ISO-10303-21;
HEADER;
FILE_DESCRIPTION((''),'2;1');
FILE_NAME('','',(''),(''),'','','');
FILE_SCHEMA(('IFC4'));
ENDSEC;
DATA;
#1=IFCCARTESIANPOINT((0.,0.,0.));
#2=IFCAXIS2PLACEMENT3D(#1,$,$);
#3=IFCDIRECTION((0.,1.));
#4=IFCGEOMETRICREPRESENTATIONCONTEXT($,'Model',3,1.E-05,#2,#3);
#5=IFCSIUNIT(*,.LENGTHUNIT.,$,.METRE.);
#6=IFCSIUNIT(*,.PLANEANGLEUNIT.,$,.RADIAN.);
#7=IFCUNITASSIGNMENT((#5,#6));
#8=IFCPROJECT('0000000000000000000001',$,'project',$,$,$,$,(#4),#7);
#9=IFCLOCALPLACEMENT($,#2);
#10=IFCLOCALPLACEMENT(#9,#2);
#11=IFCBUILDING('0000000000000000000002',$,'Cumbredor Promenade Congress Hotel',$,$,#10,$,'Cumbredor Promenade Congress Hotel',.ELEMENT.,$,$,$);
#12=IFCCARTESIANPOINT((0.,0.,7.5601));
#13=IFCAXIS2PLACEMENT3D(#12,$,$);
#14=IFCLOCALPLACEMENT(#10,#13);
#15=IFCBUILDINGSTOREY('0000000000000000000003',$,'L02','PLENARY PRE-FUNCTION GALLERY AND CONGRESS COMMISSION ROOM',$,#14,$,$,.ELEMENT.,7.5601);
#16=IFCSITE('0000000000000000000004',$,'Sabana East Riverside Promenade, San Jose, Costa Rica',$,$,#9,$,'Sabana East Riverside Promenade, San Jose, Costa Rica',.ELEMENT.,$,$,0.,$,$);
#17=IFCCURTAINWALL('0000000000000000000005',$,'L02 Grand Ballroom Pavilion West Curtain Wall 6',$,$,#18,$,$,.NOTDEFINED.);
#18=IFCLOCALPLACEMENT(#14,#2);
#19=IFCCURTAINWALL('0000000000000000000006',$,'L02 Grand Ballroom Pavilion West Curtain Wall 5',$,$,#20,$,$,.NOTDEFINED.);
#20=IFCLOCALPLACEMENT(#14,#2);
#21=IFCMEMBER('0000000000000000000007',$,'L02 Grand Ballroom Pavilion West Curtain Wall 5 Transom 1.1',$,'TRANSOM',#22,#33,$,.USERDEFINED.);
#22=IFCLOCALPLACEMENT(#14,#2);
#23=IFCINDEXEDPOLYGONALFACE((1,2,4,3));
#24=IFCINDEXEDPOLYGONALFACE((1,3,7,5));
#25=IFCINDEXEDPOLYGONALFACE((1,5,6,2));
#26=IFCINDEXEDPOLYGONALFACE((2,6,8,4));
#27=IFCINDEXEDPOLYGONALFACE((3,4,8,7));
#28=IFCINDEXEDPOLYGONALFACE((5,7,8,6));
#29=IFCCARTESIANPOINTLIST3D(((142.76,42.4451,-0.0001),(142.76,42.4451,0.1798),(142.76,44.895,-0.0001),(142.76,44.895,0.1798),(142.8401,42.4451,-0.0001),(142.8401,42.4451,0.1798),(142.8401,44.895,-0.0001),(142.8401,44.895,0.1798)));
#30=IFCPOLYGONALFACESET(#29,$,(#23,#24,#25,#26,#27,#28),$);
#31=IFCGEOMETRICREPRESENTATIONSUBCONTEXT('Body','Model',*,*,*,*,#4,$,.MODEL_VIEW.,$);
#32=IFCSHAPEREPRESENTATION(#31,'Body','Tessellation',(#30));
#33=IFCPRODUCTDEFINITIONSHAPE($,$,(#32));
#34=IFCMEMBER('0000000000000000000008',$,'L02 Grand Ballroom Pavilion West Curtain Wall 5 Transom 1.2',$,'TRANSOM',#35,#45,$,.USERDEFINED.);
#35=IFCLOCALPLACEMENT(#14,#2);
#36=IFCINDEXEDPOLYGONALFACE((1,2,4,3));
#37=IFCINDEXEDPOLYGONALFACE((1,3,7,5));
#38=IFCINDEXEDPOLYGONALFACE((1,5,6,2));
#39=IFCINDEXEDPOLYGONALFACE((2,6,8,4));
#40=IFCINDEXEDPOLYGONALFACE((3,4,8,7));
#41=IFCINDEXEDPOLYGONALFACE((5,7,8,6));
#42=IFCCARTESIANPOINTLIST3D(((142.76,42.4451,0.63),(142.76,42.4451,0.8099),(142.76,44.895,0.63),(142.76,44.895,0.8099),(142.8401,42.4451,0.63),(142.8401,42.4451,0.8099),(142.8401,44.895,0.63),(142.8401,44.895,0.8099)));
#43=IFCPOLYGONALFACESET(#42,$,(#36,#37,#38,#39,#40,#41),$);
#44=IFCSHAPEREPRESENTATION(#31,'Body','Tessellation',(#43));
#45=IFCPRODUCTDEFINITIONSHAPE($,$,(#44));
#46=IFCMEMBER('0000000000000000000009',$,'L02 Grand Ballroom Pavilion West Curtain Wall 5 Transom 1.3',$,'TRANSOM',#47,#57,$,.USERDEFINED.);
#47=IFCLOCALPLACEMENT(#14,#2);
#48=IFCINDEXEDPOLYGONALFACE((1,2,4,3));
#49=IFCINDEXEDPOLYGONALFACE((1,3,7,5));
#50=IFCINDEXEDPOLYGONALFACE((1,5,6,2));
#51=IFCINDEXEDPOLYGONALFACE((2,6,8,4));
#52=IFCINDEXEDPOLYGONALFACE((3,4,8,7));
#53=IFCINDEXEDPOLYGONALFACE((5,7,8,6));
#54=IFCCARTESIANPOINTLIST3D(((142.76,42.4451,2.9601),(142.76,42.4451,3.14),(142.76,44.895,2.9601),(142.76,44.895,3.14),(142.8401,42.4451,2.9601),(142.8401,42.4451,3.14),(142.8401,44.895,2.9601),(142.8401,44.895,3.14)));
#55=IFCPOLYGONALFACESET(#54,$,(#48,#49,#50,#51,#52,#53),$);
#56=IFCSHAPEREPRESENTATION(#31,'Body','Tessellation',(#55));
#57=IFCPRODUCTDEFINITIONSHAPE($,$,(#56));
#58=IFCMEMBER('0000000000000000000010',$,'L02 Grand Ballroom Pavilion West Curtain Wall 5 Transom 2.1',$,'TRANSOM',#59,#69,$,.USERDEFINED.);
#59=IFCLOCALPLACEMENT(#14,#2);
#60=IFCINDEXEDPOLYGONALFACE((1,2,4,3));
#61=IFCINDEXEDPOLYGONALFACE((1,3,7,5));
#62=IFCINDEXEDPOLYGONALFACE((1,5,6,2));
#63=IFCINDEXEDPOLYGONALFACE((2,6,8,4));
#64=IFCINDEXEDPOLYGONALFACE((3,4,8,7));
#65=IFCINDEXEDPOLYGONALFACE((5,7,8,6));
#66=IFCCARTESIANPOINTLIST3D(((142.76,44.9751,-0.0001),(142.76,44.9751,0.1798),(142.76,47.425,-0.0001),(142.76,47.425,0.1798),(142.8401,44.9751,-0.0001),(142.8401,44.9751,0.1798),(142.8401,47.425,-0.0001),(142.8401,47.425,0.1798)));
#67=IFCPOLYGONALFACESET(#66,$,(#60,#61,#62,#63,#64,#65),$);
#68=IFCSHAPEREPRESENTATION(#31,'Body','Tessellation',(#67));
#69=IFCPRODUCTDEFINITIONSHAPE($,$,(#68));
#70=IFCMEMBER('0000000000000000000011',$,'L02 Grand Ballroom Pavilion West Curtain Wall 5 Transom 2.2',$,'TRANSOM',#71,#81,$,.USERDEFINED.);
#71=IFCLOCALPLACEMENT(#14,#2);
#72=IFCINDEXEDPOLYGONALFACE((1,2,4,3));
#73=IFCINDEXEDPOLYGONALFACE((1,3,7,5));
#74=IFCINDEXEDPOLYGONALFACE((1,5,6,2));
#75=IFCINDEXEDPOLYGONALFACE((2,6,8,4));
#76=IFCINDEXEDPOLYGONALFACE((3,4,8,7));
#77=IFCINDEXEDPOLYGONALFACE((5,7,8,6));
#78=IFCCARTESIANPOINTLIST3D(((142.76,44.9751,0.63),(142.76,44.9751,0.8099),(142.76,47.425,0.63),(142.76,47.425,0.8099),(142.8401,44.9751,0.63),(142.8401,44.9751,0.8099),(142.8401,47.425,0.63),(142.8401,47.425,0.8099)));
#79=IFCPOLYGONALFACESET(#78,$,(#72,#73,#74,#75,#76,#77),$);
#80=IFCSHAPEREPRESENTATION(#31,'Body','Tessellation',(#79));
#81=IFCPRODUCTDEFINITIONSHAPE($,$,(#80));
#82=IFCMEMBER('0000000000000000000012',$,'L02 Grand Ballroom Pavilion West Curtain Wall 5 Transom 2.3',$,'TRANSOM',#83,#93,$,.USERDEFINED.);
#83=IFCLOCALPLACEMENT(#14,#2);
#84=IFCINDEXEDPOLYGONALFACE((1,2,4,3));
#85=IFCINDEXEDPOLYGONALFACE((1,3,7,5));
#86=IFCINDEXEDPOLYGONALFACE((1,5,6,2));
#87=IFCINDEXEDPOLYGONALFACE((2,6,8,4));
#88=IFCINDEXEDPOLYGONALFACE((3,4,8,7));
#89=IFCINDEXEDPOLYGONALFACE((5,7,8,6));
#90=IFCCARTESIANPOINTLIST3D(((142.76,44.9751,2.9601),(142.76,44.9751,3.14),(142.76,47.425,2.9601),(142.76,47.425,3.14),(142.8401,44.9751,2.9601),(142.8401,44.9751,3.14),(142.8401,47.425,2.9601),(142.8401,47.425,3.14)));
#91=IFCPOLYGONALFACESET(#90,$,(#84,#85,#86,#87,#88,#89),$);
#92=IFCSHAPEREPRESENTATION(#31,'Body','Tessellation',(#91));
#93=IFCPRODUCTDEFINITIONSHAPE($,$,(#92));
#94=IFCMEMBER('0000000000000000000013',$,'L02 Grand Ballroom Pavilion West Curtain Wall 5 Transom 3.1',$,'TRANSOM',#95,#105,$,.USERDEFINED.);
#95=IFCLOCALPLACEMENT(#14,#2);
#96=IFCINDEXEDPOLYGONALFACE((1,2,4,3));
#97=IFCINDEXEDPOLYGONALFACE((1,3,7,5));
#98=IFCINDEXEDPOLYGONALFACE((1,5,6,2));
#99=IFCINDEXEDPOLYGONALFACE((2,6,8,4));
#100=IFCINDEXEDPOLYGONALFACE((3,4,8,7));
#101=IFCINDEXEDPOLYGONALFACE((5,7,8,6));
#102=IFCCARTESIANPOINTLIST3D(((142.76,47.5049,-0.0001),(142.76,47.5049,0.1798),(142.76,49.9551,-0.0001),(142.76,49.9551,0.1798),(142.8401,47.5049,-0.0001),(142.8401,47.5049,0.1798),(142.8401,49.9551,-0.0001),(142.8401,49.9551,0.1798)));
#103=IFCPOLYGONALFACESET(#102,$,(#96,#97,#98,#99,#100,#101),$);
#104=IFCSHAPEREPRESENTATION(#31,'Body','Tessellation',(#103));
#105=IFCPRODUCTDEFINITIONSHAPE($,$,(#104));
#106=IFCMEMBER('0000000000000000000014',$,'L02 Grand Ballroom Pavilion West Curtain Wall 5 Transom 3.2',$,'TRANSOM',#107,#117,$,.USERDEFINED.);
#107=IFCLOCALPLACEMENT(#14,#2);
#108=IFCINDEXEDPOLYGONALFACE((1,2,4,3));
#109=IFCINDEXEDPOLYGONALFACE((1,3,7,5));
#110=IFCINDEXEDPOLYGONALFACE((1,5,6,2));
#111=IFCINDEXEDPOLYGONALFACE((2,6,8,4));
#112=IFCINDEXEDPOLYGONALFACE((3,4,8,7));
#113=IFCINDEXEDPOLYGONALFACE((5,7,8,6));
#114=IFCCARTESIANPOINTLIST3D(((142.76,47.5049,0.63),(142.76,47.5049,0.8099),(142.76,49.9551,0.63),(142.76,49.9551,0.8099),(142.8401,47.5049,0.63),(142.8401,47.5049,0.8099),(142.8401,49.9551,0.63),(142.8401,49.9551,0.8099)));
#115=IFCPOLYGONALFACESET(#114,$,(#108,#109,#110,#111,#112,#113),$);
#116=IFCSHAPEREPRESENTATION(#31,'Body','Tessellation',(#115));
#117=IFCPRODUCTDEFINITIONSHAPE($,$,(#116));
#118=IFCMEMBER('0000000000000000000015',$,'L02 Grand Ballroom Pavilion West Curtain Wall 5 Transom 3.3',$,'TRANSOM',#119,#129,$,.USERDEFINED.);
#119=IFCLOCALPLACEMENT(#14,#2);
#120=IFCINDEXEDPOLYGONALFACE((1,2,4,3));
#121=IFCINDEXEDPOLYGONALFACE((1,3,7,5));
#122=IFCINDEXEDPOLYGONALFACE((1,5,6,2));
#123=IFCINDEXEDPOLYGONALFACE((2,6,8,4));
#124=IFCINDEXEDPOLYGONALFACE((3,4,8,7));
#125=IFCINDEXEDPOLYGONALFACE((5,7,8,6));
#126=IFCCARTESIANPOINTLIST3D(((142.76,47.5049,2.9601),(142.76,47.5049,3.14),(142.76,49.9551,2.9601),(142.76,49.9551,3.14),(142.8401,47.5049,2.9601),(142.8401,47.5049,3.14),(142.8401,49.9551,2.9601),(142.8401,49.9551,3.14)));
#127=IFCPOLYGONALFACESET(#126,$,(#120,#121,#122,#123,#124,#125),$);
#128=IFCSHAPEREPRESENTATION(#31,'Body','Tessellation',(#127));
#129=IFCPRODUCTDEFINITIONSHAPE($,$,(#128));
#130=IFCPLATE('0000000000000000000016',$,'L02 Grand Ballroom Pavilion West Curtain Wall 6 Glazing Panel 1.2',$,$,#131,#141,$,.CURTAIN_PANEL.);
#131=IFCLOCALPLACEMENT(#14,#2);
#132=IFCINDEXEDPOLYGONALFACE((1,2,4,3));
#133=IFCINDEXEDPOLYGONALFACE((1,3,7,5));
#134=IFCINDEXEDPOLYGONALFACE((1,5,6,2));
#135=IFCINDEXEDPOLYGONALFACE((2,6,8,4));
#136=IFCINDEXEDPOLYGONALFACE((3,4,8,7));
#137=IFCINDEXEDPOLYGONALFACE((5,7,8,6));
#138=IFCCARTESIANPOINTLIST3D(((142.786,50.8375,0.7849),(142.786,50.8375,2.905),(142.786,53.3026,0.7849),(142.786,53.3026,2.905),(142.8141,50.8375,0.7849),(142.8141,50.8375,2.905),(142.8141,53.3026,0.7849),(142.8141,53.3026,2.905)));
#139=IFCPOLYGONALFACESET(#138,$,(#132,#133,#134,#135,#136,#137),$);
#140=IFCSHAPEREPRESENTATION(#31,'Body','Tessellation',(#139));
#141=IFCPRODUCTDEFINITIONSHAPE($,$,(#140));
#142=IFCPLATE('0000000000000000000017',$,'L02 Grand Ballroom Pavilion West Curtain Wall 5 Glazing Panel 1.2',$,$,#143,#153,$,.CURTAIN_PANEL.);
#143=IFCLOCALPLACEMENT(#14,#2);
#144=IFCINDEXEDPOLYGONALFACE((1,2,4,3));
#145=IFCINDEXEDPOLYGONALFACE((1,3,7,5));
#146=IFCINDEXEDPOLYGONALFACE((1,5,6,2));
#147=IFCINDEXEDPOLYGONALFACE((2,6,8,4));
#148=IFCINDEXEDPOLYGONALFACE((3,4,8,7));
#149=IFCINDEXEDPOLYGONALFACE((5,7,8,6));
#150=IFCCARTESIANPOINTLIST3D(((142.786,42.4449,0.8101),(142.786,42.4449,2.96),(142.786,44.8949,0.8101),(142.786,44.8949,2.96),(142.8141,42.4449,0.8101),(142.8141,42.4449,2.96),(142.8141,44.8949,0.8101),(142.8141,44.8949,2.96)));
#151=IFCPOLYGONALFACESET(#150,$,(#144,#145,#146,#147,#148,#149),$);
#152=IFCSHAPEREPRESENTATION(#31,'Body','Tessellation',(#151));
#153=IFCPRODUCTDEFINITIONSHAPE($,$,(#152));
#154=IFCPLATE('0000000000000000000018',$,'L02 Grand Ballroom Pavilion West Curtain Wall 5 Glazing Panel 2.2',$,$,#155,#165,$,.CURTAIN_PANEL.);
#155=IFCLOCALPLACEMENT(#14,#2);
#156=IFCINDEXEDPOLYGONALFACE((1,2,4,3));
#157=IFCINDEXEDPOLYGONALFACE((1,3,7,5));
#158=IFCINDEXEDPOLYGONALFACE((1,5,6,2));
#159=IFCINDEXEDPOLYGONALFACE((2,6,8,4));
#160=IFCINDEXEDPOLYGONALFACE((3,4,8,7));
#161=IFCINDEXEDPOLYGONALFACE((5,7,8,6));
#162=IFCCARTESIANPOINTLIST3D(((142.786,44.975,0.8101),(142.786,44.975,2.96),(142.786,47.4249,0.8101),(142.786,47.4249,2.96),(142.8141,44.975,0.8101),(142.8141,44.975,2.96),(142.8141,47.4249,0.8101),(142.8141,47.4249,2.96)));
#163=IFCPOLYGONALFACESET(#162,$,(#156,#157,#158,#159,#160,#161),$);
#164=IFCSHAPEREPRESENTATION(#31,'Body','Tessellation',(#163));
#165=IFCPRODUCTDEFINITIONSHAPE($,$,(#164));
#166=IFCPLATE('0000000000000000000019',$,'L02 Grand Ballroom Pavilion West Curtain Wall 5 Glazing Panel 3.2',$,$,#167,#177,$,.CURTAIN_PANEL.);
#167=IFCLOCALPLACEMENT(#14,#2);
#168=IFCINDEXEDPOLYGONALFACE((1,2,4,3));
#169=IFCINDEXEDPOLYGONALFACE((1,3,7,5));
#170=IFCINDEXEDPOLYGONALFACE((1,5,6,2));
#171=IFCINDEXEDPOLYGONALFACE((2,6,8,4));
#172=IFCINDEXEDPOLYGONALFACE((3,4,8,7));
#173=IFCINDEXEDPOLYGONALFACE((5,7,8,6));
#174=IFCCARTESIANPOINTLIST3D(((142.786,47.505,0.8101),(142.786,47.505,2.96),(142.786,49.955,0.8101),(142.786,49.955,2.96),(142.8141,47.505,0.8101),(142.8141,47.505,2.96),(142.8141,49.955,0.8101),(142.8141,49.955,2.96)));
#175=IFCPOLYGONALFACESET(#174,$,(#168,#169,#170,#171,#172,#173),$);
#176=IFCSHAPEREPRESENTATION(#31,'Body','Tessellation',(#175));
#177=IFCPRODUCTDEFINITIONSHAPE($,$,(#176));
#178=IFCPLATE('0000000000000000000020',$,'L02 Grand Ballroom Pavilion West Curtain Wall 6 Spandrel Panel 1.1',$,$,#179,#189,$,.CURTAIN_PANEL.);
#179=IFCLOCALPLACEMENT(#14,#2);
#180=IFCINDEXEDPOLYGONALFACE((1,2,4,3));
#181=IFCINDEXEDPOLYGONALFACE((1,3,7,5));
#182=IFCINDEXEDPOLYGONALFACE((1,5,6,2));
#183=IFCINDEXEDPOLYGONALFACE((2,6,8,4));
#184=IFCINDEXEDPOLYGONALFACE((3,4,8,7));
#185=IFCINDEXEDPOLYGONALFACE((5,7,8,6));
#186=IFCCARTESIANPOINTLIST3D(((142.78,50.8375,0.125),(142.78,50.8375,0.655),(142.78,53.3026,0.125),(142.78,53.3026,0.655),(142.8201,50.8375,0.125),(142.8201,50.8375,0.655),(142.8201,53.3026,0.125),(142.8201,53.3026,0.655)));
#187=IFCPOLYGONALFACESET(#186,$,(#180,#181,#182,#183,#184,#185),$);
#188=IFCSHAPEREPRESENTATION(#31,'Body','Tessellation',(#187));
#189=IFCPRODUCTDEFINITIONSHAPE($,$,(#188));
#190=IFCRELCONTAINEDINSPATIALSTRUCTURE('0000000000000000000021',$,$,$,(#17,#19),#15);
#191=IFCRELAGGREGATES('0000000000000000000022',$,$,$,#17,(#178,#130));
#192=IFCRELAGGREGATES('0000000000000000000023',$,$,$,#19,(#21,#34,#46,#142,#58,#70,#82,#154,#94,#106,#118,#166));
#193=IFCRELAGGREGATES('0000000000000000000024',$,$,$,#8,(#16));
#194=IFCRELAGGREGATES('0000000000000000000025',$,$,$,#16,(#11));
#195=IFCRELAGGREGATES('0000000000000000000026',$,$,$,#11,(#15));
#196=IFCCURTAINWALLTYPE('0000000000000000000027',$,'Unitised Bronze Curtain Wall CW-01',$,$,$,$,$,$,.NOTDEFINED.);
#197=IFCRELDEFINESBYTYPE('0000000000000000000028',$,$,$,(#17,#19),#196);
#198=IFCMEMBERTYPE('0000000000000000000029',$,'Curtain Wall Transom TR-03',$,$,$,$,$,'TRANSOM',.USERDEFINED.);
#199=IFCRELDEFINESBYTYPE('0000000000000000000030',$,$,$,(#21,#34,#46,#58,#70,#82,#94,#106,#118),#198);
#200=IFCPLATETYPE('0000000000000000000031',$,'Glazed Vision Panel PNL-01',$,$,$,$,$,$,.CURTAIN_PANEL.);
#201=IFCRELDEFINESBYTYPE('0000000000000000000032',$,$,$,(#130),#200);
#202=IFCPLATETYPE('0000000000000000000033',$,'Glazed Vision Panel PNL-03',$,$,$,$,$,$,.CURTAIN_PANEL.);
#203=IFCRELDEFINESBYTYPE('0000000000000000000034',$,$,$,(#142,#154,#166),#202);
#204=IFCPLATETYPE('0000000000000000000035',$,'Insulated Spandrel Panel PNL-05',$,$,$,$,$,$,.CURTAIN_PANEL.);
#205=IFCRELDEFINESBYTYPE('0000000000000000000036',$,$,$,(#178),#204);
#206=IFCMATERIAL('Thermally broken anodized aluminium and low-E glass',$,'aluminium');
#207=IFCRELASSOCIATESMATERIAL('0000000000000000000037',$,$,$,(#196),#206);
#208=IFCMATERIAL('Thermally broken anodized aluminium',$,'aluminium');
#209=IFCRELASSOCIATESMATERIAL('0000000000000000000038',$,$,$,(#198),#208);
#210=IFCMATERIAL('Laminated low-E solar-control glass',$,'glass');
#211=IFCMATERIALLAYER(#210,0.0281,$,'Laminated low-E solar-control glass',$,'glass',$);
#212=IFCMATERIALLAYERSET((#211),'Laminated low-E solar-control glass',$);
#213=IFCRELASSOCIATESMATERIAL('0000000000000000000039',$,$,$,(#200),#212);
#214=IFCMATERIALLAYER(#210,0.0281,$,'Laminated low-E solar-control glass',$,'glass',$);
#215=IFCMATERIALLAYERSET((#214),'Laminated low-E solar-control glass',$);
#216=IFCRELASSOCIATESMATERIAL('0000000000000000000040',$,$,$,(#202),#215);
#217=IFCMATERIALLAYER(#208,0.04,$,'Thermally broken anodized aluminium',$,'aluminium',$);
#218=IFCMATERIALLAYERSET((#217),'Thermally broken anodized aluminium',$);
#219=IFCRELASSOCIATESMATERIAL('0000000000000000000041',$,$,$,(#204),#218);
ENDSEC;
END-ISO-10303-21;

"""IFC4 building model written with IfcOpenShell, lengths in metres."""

from ifc_helpers import new_model, si_unit, direction, frame, origin, origin_2d, place, context, subcontext, project, spatial, rectangle, extrude, material, layer, layer_set, material_profile, profile_set, type_object, element, aggregate, save


model = new_model("IFC4")

# Units and contexts
model_context = context("Model", 3, precision=1e-05, world=origin(), true_north=direction((0.0, 1.0)))
body_context = subcontext(model_context, "Body", "Model", "MODEL_VIEW")
ifc_project = project(units=[si_unit("LENGTHUNIT", "METRE"), si_unit("PLANEANGLEUNIT", "RADIAN")], contexts=[model_context])

# Site, building, storey
site_placement = place(None, origin())
site = spatial("IfcSite", under=ifc_project, at=site_placement, Name="Sabana East Riverside Promenade, San Jose, Costa Rica", LongName="Sabana East Riverside Promenade, San Jose, Costa Rica", CompositionType="ELEMENT", RefElevation=0.0)
building_placement = place(site_placement, origin())
building = spatial("IfcBuilding", under=site, at=building_placement, Name="Cumbredor Promenade Congress Hotel", LongName="Cumbredor Promenade Congress Hotel", CompositionType="ELEMENT")
storey_placement = place(building_placement, frame((0.0, 0.0, 7.5601)))
storey = spatial("IfcBuildingStorey", under=building, at=storey_placement, Name="L02", Description="PLENARY PRE-FUNCTION GALLERY AND CONGRESS COMMISSION ROOM", CompositionType="ELEMENT", Elevation=7.5601)

# Curtain walls
ifc_material_1 = material(Name="Thermally broken anodized aluminium and low-E glass", Category="aluminium")
curtain_wall_type = type_object("IfcCurtainWallType", Name="Unitised Bronze Curtain Wall CW-01", PredefinedType="NOTDEFINED", material=ifc_material_1)
curtain_wall_1_placement = place(storey_placement, origin())
curtain_wall_1 = element("IfcCurtainWall", 1, at=curtain_wall_1_placement, inside=storey, type_object=curtain_wall_type, Name="L02 Grand Ballroom Pavilion West Curtain Wall 6", PredefinedType="NOTDEFINED")
ifc_material_2 = material(Name="Thermally broken anodized aluminium", Category="aluminium")
curtain_wall_2_placement = place(storey_placement, origin())
curtain_wall_2 = element("IfcCurtainWall", 2, at=curtain_wall_2_placement, inside=storey, type_object=curtain_wall_type, Name="L02 Grand Ballroom Pavilion West Curtain Wall 5", PredefinedType="NOTDEFINED")

# Members
ifc_material_profile_1 = material_profile(ifc_material_2, rectangle(XDim=0.0801, YDim=0.1799, at=origin_2d()), Name="ALU TRANSOM 80x180")
ifc_profile_set_1 = profile_set([ifc_material_profile_1], Name="Thermally broken anodized aluminium")
member_type_1 = type_object("IfcMemberType", Name="Curtain Wall Transom TR-03", ElementType="TRANSOM", PredefinedType="USERDEFINED", material=ifc_profile_set_1)
member_1_placement = place(storey_placement, frame((142.8, 42.4451, 0.0898), z_axis=(0.0, 1.0, 0.0), x_axis=(-1.0, 0.0, 0.0)))
member_1 = element("IfcMember", 3, at=member_1_placement, type_object=member_type_1, Name="L02 Grand Ballroom Pavilion West Curtain Wall 5 Transom 1.1", ObjectType="TRANSOM", PredefinedType="USERDEFINED", context=body_context, shape_type="SweptSolid", body=[
    extrude(rectangle(XDim=0.0801, YDim=0.1799, at=origin_2d()), origin(), (0.0, 0.0, 1.0), 2.45),
])
member_2_placement = place(storey_placement, frame((142.8, 42.4451, 0.72), z_axis=(0.0, 1.0, 0.0), x_axis=(-1.0, 0.0, 0.0)))
member_2 = element("IfcMember", 4, at=member_2_placement, type_object=member_type_1, Name="L02 Grand Ballroom Pavilion West Curtain Wall 5 Transom 1.2", ObjectType="TRANSOM", PredefinedType="USERDEFINED", context=body_context, shape_type="SweptSolid", body=[
    extrude(rectangle(XDim=0.0801, YDim=0.1799, at=origin_2d()), origin(), (0.0, 0.0, 1.0), 2.45),
])
member_3_placement = place(storey_placement, frame((142.8, 42.4451, 3.05), z_axis=(0.0, 1.0, 0.0), x_axis=(-1.0, 0.0, 0.0)))
member_3 = element("IfcMember", 5, at=member_3_placement, type_object=member_type_1, Name="L02 Grand Ballroom Pavilion West Curtain Wall 5 Transom 1.3", ObjectType="TRANSOM", PredefinedType="USERDEFINED", context=body_context, shape_type="SweptSolid", body=[
    extrude(rectangle(XDim=0.0801, YDim=0.1799, at=origin_2d()), origin(), (0.0, 0.0, 1.0), 2.45),
])
member_4_placement = place(storey_placement, frame((142.8, 44.9751, 0.0898), z_axis=(0.0, 1.0, 0.0), x_axis=(-1.0, 0.0, 0.0)))
member_4 = element("IfcMember", 6, at=member_4_placement, type_object=member_type_1, Name="L02 Grand Ballroom Pavilion West Curtain Wall 5 Transom 2.1", ObjectType="TRANSOM", PredefinedType="USERDEFINED", context=body_context, shape_type="SweptSolid", body=[
    extrude(rectangle(XDim=0.0801, YDim=0.1799, at=origin_2d()), origin(), (0.0, 0.0, 1.0), 2.45),
])
member_5_placement = place(storey_placement, frame((142.8, 44.9751, 0.72), z_axis=(0.0, 1.0, 0.0), x_axis=(-1.0, 0.0, 0.0)))
member_5 = element("IfcMember", 7, at=member_5_placement, type_object=member_type_1, Name="L02 Grand Ballroom Pavilion West Curtain Wall 5 Transom 2.2", ObjectType="TRANSOM", PredefinedType="USERDEFINED", context=body_context, shape_type="SweptSolid", body=[
    extrude(rectangle(XDim=0.0801, YDim=0.1799, at=origin_2d()), origin(), (0.0, 0.0, 1.0), 2.45),
])
member_6_placement = place(storey_placement, frame((142.8, 44.9751, 3.05), z_axis=(0.0, 1.0, 0.0), x_axis=(-1.0, 0.0, 0.0)))
member_6 = element("IfcMember", 8, at=member_6_placement, type_object=member_type_1, Name="L02 Grand Ballroom Pavilion West Curtain Wall 5 Transom 2.3", ObjectType="TRANSOM", PredefinedType="USERDEFINED", context=body_context, shape_type="SweptSolid", body=[
    extrude(rectangle(XDim=0.0801, YDim=0.1799, at=origin_2d()), origin(), (0.0, 0.0, 1.0), 2.45),
])
member_7_placement = place(storey_placement, frame((142.8, 47.5049, 0.0898), z_axis=(0.0, 1.0, 0.0), x_axis=(-1.0, 0.0, 0.0)))
member_7 = element("IfcMember", 9, at=member_7_placement, type_object=member_type_1, Name="L02 Grand Ballroom Pavilion West Curtain Wall 5 Transom 3.1", ObjectType="TRANSOM", PredefinedType="USERDEFINED", context=body_context, shape_type="SweptSolid", body=[
    extrude(rectangle(XDim=0.0801, YDim=0.1799, at=origin_2d()), origin(), (0.0, 0.0, 1.0), 2.4502),
])
member_8_placement = place(storey_placement, frame((142.8, 47.5049, 0.72), z_axis=(0.0, 1.0, 0.0), x_axis=(-1.0, 0.0, 0.0)))
member_8 = element("IfcMember", 10, at=member_8_placement, type_object=member_type_1, Name="L02 Grand Ballroom Pavilion West Curtain Wall 5 Transom 3.2", ObjectType="TRANSOM", PredefinedType="USERDEFINED", context=body_context, shape_type="SweptSolid", body=[
    extrude(rectangle(XDim=0.0801, YDim=0.1799, at=origin_2d()), origin(), (0.0, 0.0, 1.0), 2.4502),
])
member_9_placement = place(storey_placement, frame((142.8, 47.5049, 3.05), z_axis=(0.0, 1.0, 0.0), x_axis=(-1.0, 0.0, 0.0)))
member_9 = element("IfcMember", 11, at=member_9_placement, type_object=member_type_1, Name="L02 Grand Ballroom Pavilion West Curtain Wall 5 Transom 3.3", ObjectType="TRANSOM", PredefinedType="USERDEFINED", context=body_context, shape_type="SweptSolid", body=[
    extrude(rectangle(XDim=0.0801, YDim=0.1799, at=origin_2d()), origin(), (0.0, 0.0, 1.0), 2.4502),
])

# Plates
ifc_material_3 = material(Name="Laminated low-E solar-control glass", Category="glass")
ifc_layer_1 = layer(ifc_material_3, 0.0281, Name="Laminated low-E solar-control glass", Category="glass")
ifc_layer_set_1 = layer_set([ifc_layer_1], Name="Laminated low-E solar-control glass")
plate_type_1 = type_object("IfcPlateType", Name="Glazed Vision Panel PNL-01", PredefinedType="CURTAIN_PANEL", material=ifc_layer_set_1)
plate_1_placement = place(storey_placement, frame((142.8, 52.0701, 0.7849), z_axis=(0.0, 0.0, 1.0), x_axis=(0.0, 1.0, 0.0)))
plate_1 = element("IfcPlate", 12, at=plate_1_placement, type_object=plate_type_1, Name="L02 Grand Ballroom Pavilion West Curtain Wall 6 Glazing Panel 1.2", PredefinedType="CURTAIN_PANEL", context=body_context, shape_type="SweptSolid", body=[
    extrude(rectangle(XDim=2.4651, YDim=0.0281, at=origin_2d()), origin(), (0.0, 0.0, 1.0), 2.1201),
])
ifc_layer_2 = layer(ifc_material_3, 0.0281, Name="Laminated low-E solar-control glass", Category="glass")
ifc_layer_set_2 = layer_set([ifc_layer_2], Name="Laminated low-E solar-control glass")
plate_type_2 = type_object("IfcPlateType", Name="Glazed Vision Panel PNL-03", PredefinedType="CURTAIN_PANEL", material=ifc_layer_set_2)
plate_2_placement = place(storey_placement, frame((142.8, 43.6699, 0.8101), z_axis=(0.0, 0.0, 1.0), x_axis=(0.0, 1.0, 0.0)))
plate_2 = element("IfcPlate", 13, at=plate_2_placement, type_object=plate_type_2, Name="L02 Grand Ballroom Pavilion West Curtain Wall 5 Glazing Panel 1.2", PredefinedType="CURTAIN_PANEL", context=body_context, shape_type="SweptSolid", body=[
    extrude(rectangle(XDim=2.45, YDim=0.0281, at=origin_2d()), origin(), (0.0, 0.0, 1.0), 2.1499),
])
plate_3_placement = place(storey_placement, frame((142.8, 46.2, 0.8101), z_axis=(0.0, 0.0, 1.0), x_axis=(0.0, 1.0, 0.0)))
plate_3 = element("IfcPlate", 14, at=plate_3_placement, type_object=plate_type_2, Name="L02 Grand Ballroom Pavilion West Curtain Wall 5 Glazing Panel 2.2", PredefinedType="CURTAIN_PANEL", context=body_context, shape_type="SweptSolid", body=[
    extrude(rectangle(XDim=2.45, YDim=0.0281, at=origin_2d()), origin(), (0.0, 0.0, 1.0), 2.1499),
])
plate_4_placement = place(storey_placement, frame((142.8, 48.73, 0.8101), z_axis=(0.0, 0.0, 1.0), x_axis=(0.0, 1.0, 0.0)))
plate_4 = element("IfcPlate", 15, at=plate_4_placement, type_object=plate_type_2, Name="L02 Grand Ballroom Pavilion West Curtain Wall 5 Glazing Panel 3.2", PredefinedType="CURTAIN_PANEL", context=body_context, shape_type="SweptSolid", body=[
    extrude(rectangle(XDim=2.45, YDim=0.0281, at=origin_2d()), origin(), (0.0, 0.0, 1.0), 2.1499),
])
ifc_layer_3 = layer(ifc_material_2, 0.04, Name="Thermally broken anodized aluminium", Category="aluminium")
ifc_layer_set_3 = layer_set([ifc_layer_3], Name="Thermally broken anodized aluminium")
plate_type_3 = type_object("IfcPlateType", Name="Insulated Spandrel Panel PNL-05", PredefinedType="CURTAIN_PANEL", material=ifc_layer_set_3)
plate_5_placement = place(storey_placement, frame((142.8, 52.0701, 0.125), z_axis=(0.0, 0.0, 1.0), x_axis=(0.0, 1.0, 0.0)))
plate_5 = element("IfcPlate", 16, at=plate_5_placement, type_object=plate_type_3, Name="L02 Grand Ballroom Pavilion West Curtain Wall 6 Spandrel Panel 1.1", PredefinedType="CURTAIN_PANEL", context=body_context, shape_type="SweptSolid", body=[
    extrude(rectangle(XDim=2.4651, YDim=0.04, at=origin_2d()), origin(), (0.0, 0.0, 1.0), 0.53),
])
aggregate(curtain_wall_1, [plate_5, plate_1])
aggregate(curtain_wall_2, [member_1, member_2, member_3, plate_2, member_4, member_5, member_6, plate_3, member_7, member_8, member_9, plate_4])

save(model, "model.ifc")
